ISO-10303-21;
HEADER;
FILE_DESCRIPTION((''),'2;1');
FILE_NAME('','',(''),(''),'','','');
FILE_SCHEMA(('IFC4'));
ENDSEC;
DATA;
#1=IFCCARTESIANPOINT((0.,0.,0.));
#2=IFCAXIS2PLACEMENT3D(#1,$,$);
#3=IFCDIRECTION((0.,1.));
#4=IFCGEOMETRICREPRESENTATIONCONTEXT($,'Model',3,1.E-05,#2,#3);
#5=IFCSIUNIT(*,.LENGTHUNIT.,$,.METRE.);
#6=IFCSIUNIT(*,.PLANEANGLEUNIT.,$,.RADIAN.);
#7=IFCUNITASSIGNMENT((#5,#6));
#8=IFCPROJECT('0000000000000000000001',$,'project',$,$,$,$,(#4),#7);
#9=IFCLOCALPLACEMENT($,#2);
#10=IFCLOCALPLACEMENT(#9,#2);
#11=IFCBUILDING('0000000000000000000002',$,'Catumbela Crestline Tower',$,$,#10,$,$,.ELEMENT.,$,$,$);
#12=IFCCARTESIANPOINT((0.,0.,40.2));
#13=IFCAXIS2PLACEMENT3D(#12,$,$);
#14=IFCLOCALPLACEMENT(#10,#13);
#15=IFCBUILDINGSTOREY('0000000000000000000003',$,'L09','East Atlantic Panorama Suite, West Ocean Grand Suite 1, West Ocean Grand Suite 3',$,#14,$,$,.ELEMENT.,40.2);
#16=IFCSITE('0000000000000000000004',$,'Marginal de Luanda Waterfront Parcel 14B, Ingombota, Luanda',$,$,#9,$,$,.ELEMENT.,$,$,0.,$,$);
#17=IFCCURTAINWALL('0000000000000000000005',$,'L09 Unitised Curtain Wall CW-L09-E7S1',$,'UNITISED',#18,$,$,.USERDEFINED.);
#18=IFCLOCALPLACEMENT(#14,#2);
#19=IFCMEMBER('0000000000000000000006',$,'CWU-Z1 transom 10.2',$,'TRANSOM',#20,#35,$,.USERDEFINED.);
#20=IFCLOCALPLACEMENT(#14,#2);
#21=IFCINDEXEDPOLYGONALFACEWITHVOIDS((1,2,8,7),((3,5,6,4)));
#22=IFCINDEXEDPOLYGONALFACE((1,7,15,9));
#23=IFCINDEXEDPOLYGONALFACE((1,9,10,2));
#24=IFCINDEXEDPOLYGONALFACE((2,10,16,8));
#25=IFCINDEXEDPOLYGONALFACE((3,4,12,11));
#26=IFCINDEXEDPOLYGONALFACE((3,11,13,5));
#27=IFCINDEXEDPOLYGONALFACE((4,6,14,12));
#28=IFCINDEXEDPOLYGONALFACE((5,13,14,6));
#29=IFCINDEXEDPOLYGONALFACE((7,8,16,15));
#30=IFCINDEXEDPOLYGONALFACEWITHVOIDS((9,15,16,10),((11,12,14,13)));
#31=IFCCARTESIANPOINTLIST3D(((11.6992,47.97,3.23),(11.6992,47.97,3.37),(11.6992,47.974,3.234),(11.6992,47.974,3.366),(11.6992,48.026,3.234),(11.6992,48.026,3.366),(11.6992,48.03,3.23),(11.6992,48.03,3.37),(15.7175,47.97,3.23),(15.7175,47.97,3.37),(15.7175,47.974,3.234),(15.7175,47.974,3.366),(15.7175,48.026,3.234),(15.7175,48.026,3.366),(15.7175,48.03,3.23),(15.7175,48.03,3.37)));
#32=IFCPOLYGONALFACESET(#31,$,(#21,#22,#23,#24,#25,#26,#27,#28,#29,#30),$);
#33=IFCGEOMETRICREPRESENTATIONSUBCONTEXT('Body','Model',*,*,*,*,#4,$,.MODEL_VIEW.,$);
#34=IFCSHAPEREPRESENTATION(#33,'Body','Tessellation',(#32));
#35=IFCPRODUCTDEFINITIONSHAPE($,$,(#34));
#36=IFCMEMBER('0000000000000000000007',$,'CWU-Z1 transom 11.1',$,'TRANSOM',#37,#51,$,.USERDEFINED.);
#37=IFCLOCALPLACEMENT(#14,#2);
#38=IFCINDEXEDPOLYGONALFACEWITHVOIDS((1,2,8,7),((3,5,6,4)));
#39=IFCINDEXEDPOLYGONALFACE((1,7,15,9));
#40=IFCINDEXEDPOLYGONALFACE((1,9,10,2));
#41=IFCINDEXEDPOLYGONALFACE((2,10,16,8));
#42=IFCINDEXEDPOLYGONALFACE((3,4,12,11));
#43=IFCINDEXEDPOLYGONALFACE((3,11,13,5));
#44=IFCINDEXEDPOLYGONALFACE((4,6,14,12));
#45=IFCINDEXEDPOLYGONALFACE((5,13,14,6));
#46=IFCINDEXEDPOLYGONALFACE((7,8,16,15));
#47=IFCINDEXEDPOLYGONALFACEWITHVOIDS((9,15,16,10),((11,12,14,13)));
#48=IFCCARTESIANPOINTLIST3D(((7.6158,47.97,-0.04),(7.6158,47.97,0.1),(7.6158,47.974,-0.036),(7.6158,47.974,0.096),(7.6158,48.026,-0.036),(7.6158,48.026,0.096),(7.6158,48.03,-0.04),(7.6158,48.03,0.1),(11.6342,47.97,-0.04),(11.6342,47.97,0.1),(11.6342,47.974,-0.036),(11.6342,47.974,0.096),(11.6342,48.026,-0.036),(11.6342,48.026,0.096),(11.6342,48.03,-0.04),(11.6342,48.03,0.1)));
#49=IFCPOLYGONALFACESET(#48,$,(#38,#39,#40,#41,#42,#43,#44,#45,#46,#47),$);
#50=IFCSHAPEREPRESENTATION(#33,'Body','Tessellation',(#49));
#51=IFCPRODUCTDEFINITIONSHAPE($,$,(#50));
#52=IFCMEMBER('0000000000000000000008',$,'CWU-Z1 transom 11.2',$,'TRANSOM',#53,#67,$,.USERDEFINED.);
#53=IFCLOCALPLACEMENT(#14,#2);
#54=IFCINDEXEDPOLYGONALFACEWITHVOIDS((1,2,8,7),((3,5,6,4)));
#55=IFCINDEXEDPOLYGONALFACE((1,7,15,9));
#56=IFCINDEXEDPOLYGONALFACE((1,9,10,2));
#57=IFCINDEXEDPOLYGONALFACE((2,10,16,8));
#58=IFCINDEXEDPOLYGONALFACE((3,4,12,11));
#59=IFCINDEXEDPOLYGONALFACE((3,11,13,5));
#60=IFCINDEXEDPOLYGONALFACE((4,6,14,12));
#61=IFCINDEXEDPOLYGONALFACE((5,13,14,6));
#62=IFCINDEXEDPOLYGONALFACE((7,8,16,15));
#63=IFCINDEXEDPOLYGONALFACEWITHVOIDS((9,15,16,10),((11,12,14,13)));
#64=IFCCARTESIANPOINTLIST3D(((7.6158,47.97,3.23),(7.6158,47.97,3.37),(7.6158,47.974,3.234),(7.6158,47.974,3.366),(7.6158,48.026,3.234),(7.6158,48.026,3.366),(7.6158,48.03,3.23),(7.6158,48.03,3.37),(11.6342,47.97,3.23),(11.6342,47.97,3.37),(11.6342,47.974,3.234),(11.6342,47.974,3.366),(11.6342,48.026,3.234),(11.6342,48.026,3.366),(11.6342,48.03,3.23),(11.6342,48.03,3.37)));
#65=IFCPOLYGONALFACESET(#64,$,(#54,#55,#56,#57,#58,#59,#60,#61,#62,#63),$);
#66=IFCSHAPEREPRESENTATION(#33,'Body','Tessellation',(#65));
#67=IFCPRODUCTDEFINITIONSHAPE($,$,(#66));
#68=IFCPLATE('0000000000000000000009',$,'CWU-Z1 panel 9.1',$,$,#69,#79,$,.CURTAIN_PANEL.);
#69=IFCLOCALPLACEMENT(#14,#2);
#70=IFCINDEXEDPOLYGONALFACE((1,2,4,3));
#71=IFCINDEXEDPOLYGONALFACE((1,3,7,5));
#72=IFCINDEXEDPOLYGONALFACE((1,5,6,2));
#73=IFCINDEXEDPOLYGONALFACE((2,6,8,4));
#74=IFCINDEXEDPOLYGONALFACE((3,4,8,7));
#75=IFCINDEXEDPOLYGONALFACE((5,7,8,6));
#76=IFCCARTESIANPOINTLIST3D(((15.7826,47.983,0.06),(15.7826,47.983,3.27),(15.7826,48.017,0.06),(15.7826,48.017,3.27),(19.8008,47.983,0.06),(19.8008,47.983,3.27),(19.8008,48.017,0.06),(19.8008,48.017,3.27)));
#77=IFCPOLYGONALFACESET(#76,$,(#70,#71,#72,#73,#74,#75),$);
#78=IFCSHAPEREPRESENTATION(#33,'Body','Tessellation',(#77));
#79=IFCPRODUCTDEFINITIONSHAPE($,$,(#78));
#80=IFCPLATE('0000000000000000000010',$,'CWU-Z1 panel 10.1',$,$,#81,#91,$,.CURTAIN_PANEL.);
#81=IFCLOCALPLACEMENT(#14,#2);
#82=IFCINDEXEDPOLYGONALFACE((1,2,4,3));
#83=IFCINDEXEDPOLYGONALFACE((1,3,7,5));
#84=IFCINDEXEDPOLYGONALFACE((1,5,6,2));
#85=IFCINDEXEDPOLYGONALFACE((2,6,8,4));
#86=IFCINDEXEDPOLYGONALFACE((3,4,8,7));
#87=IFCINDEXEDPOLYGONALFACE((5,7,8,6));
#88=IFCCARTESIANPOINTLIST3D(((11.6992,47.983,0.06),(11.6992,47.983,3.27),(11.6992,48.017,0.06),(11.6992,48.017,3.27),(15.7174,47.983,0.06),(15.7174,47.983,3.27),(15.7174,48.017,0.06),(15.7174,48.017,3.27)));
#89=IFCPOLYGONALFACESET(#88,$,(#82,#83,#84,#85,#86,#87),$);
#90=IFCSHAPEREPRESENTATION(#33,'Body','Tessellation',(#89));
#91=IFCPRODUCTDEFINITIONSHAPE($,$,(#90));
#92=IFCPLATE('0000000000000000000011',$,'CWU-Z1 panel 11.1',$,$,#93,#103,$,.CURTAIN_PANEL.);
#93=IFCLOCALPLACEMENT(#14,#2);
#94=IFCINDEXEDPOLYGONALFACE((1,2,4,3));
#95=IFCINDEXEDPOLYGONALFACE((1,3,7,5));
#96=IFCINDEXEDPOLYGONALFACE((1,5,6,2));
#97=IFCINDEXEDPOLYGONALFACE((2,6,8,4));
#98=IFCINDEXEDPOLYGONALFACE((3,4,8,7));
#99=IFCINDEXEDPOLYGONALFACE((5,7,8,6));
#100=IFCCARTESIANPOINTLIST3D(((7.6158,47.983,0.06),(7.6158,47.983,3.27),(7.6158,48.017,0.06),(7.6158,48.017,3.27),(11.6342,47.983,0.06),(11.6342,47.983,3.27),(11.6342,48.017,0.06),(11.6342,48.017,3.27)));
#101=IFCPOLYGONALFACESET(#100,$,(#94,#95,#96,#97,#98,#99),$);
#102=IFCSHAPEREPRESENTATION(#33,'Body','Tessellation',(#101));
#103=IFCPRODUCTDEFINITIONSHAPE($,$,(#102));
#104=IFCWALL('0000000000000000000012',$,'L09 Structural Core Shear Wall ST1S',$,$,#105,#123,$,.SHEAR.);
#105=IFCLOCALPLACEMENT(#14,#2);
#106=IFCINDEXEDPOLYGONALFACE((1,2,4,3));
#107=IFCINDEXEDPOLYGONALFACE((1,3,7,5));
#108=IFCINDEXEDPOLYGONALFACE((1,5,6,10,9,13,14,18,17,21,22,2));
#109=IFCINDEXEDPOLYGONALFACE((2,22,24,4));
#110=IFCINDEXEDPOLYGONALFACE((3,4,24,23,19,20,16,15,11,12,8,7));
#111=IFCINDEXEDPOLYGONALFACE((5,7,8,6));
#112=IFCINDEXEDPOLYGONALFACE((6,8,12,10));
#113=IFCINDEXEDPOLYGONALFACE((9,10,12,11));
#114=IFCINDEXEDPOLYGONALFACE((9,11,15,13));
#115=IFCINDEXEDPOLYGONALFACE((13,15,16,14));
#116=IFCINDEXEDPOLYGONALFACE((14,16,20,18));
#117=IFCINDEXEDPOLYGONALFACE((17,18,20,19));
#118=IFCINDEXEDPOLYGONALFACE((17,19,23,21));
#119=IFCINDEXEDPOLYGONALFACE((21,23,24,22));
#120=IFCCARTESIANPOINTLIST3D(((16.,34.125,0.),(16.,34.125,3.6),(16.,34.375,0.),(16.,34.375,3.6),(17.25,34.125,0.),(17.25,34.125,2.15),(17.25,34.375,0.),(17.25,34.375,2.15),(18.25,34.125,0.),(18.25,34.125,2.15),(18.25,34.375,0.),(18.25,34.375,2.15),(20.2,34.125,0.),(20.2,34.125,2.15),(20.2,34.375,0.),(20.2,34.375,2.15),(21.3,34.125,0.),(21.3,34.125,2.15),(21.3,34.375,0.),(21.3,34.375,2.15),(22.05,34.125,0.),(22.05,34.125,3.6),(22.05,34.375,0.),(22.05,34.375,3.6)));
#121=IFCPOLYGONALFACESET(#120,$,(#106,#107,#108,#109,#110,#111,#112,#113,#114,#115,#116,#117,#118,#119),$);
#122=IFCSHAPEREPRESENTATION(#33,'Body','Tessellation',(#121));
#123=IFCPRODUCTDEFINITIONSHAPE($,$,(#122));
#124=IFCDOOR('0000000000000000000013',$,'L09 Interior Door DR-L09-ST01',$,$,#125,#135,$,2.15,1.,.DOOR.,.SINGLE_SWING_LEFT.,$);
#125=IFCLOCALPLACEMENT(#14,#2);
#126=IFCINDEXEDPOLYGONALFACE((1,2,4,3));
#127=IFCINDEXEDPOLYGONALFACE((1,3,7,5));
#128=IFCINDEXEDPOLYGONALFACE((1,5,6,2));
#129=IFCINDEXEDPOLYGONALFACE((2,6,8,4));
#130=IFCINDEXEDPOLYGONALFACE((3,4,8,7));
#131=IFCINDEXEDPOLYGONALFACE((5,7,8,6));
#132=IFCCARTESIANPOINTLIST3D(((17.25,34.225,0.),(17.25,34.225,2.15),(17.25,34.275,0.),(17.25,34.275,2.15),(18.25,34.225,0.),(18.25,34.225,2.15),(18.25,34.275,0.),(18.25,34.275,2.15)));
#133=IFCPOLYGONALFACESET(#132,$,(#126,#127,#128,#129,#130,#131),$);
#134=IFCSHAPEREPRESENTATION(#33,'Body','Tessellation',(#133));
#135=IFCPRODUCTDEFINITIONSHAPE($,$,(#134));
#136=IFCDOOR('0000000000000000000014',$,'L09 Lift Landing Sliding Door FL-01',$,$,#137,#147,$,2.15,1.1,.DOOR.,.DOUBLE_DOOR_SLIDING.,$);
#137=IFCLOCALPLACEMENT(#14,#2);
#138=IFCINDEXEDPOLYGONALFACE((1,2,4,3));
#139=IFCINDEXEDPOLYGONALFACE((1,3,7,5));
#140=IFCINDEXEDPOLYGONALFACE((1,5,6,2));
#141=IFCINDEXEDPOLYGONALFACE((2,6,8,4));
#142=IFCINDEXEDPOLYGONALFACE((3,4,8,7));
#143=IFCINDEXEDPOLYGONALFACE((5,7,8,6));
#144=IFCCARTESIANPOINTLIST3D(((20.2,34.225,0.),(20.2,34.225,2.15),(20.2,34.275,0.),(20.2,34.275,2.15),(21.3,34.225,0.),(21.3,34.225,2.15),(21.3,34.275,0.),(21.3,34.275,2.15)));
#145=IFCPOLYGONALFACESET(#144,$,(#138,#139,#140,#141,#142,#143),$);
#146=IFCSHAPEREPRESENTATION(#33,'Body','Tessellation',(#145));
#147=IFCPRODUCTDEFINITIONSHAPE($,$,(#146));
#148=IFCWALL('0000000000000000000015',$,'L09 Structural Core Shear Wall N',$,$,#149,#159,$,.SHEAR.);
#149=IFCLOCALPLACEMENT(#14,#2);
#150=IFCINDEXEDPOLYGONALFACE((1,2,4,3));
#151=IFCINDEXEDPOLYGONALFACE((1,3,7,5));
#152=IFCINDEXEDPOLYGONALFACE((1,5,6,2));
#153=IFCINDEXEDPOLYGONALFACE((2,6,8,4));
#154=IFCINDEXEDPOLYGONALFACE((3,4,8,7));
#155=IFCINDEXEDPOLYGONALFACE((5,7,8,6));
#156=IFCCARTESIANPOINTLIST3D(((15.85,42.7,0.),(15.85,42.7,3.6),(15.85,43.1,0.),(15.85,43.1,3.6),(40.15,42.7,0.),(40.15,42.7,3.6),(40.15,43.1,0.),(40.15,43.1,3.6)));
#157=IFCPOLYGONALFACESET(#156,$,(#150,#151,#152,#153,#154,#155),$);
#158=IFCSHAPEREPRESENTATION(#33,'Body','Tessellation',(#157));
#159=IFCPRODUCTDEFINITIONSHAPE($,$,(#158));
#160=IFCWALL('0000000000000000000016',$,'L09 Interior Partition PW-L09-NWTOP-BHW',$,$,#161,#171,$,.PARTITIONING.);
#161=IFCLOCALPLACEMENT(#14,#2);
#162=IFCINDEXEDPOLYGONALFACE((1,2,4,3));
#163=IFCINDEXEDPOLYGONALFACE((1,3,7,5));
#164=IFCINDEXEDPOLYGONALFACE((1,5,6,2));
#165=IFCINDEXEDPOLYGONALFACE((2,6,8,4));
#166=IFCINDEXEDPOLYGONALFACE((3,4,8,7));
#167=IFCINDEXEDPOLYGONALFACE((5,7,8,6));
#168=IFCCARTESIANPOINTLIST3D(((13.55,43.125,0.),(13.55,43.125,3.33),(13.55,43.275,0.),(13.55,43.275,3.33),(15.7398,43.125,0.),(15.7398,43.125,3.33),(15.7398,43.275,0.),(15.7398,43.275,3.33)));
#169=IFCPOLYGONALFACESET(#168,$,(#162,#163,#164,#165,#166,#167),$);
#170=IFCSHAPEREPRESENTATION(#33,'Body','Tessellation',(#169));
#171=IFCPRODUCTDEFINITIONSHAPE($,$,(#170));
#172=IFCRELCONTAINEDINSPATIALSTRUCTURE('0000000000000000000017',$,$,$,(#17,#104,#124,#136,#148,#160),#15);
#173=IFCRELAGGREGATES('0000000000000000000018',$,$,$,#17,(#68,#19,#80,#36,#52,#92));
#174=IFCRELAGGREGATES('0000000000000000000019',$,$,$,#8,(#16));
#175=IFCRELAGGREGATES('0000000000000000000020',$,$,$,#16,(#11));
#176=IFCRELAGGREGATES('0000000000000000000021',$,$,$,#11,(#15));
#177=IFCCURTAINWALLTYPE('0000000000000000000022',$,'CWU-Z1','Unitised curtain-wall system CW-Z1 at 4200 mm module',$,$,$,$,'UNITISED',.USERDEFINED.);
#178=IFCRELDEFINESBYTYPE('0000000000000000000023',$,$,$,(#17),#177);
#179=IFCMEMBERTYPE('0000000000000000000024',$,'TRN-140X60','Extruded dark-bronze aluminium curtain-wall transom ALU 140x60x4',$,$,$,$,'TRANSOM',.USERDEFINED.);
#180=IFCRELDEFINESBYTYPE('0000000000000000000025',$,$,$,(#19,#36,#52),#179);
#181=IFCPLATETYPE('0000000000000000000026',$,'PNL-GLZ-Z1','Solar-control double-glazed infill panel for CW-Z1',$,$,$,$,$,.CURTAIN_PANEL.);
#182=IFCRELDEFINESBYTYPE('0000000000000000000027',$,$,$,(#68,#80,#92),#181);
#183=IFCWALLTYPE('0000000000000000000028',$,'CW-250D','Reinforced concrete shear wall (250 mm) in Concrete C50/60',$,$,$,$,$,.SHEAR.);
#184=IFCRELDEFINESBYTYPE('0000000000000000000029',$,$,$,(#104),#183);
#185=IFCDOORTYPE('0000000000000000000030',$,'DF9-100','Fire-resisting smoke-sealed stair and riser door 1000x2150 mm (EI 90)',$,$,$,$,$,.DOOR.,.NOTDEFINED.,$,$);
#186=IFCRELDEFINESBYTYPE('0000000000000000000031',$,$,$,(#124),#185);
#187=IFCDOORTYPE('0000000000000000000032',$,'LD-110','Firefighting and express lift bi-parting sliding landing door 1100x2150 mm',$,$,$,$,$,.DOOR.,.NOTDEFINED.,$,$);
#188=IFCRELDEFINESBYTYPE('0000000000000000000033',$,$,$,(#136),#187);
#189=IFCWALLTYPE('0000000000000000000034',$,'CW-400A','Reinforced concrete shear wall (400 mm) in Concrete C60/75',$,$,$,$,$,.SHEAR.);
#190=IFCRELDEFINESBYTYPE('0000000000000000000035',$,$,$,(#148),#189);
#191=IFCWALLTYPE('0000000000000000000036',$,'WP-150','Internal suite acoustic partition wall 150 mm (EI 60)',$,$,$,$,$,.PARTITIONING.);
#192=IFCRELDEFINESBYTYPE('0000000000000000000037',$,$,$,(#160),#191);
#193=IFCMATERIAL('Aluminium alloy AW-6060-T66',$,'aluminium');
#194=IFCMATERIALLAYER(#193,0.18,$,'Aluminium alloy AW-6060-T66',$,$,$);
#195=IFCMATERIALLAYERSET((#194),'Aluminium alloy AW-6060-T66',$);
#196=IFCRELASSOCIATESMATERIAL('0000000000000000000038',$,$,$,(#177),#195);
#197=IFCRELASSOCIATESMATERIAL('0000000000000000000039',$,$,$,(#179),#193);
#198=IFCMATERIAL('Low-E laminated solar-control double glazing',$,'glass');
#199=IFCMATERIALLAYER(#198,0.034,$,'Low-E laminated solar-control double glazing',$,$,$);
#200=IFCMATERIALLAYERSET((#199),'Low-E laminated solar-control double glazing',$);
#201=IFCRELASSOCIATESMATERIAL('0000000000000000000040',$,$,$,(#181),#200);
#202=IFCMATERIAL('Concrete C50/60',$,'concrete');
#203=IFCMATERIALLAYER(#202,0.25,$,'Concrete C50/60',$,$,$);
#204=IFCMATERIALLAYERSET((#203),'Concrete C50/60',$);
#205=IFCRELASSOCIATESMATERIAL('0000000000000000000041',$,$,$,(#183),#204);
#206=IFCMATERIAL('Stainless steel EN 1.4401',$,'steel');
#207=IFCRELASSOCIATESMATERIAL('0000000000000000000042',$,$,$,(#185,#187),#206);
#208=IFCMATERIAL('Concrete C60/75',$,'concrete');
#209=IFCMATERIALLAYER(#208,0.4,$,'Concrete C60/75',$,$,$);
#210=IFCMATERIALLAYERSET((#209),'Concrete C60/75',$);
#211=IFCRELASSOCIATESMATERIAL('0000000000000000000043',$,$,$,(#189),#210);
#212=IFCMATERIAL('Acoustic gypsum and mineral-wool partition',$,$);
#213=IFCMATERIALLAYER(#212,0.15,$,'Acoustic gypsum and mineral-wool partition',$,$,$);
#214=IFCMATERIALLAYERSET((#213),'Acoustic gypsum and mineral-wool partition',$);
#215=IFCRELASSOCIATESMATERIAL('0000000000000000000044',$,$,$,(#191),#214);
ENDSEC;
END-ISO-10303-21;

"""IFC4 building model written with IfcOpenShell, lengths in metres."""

from ifc_helpers import new_model, si_unit, direction, frame, frame_2d, origin, origin_2d, place, context, subcontext, project, spatial, rectangle, hollow_rectangle, extrude, material, layer, layer_set, material_profile, profile_set, type_object, element, fill, aggregate, save


model = new_model("IFC4")

# Units and contexts
model_context = context("Model", 3, precision=1e-05, world=origin(), true_north=direction((0.0, 1.0)))
body_context = subcontext(model_context, "Body", "Model", "MODEL_VIEW")
ifc_project = project(units=[si_unit("LENGTHUNIT", "METRE"), si_unit("PLANEANGLEUNIT", "RADIAN")], contexts=[model_context])

# Site, building, storey
site_placement = place(None, origin())
site = spatial("IfcSite", under=ifc_project, at=site_placement, Name="Marginal de Luanda Waterfront Parcel 14B, Ingombota, Luanda", CompositionType="ELEMENT", RefElevation=0.0)
building_placement = place(site_placement, origin())
building = spatial("IfcBuilding", under=site, at=building_placement, Name="Catumbela Crestline Tower", CompositionType="ELEMENT")
storey_placement = place(building_placement, frame((0.0, 0.0, 40.2)))
storey = spatial("IfcBuildingStorey", under=building, at=storey_placement, Name="L09", Description="East Atlantic Panorama Suite, West Ocean Grand Suite 1, West Ocean Grand Suite 3", CompositionType="ELEMENT", Elevation=40.2)

# Shared definitions
ifc_material_1 = material(Name="Concrete C60/75", Category="concrete")

# Curtain wall
ifc_material_2 = material(Name="Aluminium alloy AW-6060-T66", Category="aluminium")
ifc_layer_1 = layer(ifc_material_2, 0.18, Name="Aluminium alloy AW-6060-T66")
ifc_layer_set_1 = layer_set([ifc_layer_1], Name="Aluminium alloy AW-6060-T66")
curtain_wall_type = type_object("IfcCurtainWallType", Name="CWU-Z1", Description="Unitised curtain-wall system CW-Z1 at 4200 mm module", ElementType="UNITISED", PredefinedType="USERDEFINED", material=ifc_layer_set_1)
curtain_wall_placement = place(storey_placement, origin())
curtain_wall = element("IfcCurtainWall", 1, at=curtain_wall_placement, inside=storey, type_object=curtain_wall_type, Name="L09 Unitised Curtain Wall CW-L09-E7S1", ObjectType="UNITISED", PredefinedType="USERDEFINED")

# Members
ifc_material_profile_1 = material_profile(ifc_material_2, hollow_rectangle(XDim=0.06, YDim=0.14, WallThickness=0.004, at=origin_2d()), Name="ALU 140x60x4")
ifc_profile_set_1 = profile_set([ifc_material_profile_1], Name="Aluminium alloy AW-6060-T66")
member_type_1 = type_object("IfcMemberType", Name="TRN-140X60", Description="Extruded dark-bronze aluminium curtain-wall transom ALU 140x60x4", ElementType="TRANSOM", PredefinedType="USERDEFINED", material=ifc_profile_set_1)
member_1_placement = place(storey_placement, frame((15.7175, 48.0, 3.3), z_axis=(-1.0, 0.0, 0.0), x_axis=(0.0, -1.0, 0.0)))
member_1 = element("IfcMember", 2, at=member_1_placement, type_object=member_type_1, Name="CWU-Z1 transom 10.2", ObjectType="TRANSOM", PredefinedType="USERDEFINED", context=body_context, shape_type="SweptSolid", body=[
    extrude(hollow_rectangle(XDim=0.06, YDim=0.14, WallThickness=0.004, at=origin_2d()), origin(), (0.0, 0.0, 1.0), 4.0183),
])
member_2_placement = place(storey_placement, frame((11.6342, 48.0, 0.03), z_axis=(-1.0, 0.0, 0.0), x_axis=(0.0, -1.0, 0.0)))
member_2 = element("IfcMember", 3, at=member_2_placement, type_object=member_type_1, Name="CWU-Z1 transom 11.1", ObjectType="TRANSOM", PredefinedType="USERDEFINED", context=body_context, shape_type="SweptSolid", body=[
    extrude(hollow_rectangle(XDim=0.06, YDim=0.14, WallThickness=0.004, at=origin_2d()), origin(), (0.0, 0.0, 1.0), 4.0184),
])
member_3_placement = place(storey_placement, frame((11.6342, 48.0, 3.3), z_axis=(-1.0, 0.0, 0.0), x_axis=(0.0, -1.0, 0.0)))
member_3 = element("IfcMember", 4, at=member_3_placement, type_object=member_type_1, Name="CWU-Z1 transom 11.2", ObjectType="TRANSOM", PredefinedType="USERDEFINED", context=body_context, shape_type="SweptSolid", body=[
    extrude(hollow_rectangle(XDim=0.06, YDim=0.14, WallThickness=0.004, at=origin_2d()), origin(), (0.0, 0.0, 1.0), 4.0184),
])

# Plates
ifc_material_3 = material(Name="Low-E laminated solar-control double glazing", Category="glass")
ifc_layer_2 = layer(ifc_material_3, 0.034, Name="Low-E laminated solar-control double glazing")
ifc_layer_set_2 = layer_set([ifc_layer_2], Name="Low-E laminated solar-control double glazing")
plate_type = type_object("IfcPlateType", Name="PNL-GLZ-Z1", Description="Solar-control double-glazed infill panel for CW-Z1", PredefinedType="CURTAIN_PANEL", material=ifc_layer_set_2)
plate_1_placement = place(storey_placement, frame((17.7917, 48.0, 0.06), z_axis=(0.0, 0.0, 1.0), x_axis=(-1.0, 0.0, 0.0)))
plate_1 = element("IfcPlate", 5, at=plate_1_placement, type_object=plate_type, Name="CWU-Z1 panel 9.1", PredefinedType="CURTAIN_PANEL", context=body_context, shape_type="SweptSolid", body=[
    extrude(rectangle(XDim=4.0183, YDim=0.034, at=origin_2d()), origin(), (0.0, 0.0, 1.0), 3.21),
])
plate_2_placement = place(storey_placement, frame((13.7083, 48.0, 0.06), z_axis=(0.0, 0.0, 1.0), x_axis=(-1.0, 0.0, 0.0)))
plate_2 = element("IfcPlate", 6, at=plate_2_placement, type_object=plate_type, Name="CWU-Z1 panel 10.1", PredefinedType="CURTAIN_PANEL", context=body_context, shape_type="SweptSolid", body=[
    extrude(rectangle(XDim=4.0183, YDim=0.034, at=origin_2d()), origin(), (0.0, 0.0, 1.0), 3.21),
])
plate_3_placement = place(storey_placement, frame((9.625, 48.0, 0.06), z_axis=(0.0, 0.0, 1.0), x_axis=(-1.0, 0.0, 0.0)))
plate_3 = element("IfcPlate", 7, at=plate_3_placement, type_object=plate_type, Name="CWU-Z1 panel 11.1", PredefinedType="CURTAIN_PANEL", context=body_context, shape_type="SweptSolid", body=[
    extrude(rectangle(XDim=4.0183, YDim=0.034, at=origin_2d()), origin(), (0.0, 0.0, 1.0), 3.21),
])
aggregate(curtain_wall, [plate_1, member_1, plate_2, member_2, member_3, plate_3])

# Wall, openings, doors
ifc_material_4 = material(Name="Concrete C50/60", Category="concrete")
ifc_layer_3 = layer(ifc_material_4, 0.25, Name="Concrete C50/60")
ifc_layer_set_3 = layer_set([ifc_layer_3], Name="Concrete C50/60")
wall_type_1 = type_object("IfcWallType", Name="CW-250D", Description="Reinforced concrete shear wall (250 mm) in Concrete C50/60", PredefinedType="SHEAR", material=ifc_layer_set_3)
wall_1_placement = place(storey_placement, frame((16.0, 34.25, 0.0), z_axis=(0.0, 0.0, 1.0), x_axis=(1.0, 0.0, 0.0)))
wall_1 = element("IfcWall", 8, at=wall_1_placement, inside=storey, type_object=wall_type_1, Name="L09 Structural Core Shear Wall ST1S", PredefinedType="SHEAR", context=body_context, shape_type="SweptSolid", body=[
    extrude(rectangle(XDim=6.05, YDim=0.25, at=frame_2d((3.025, 0.0))), origin(), (0.0, 0.0, 1.0), 3.6),
])
opening_1_placement = place(wall_1_placement, frame((1.25, 0.0, 0.0)))
opening_1 = element("IfcOpeningElement", 9, at=opening_1_placement, cuts=wall_1, PredefinedType="OPENING", context=body_context, shape_type="SweptSolid", body=[
    extrude(rectangle(XDim=1.0, YDim=2.15, at=frame_2d((0.5, 1.075))), frame((0.0, 0.135, 0.0), z_axis=(0.0, -1.0, 0.0), x_axis=(1.0, 0.0, 0.0)), (0.0, 0.0, 1.0), 0.27),
])
opening_2_placement = place(wall_1_placement, frame((4.2, 0.0, 0.0)))
opening_2 = element("IfcOpeningElement", 10, at=opening_2_placement, cuts=wall_1, PredefinedType="OPENING", context=body_context, shape_type="SweptSolid", body=[
    extrude(rectangle(XDim=1.1, YDim=2.15, at=frame_2d((0.55, 1.075))), frame((0.0, 0.135, 0.0), z_axis=(0.0, -1.0, 0.0), x_axis=(1.0, 0.0, 0.0)), (0.0, 0.0, 1.0), 0.27),
])
ifc_material_5 = material(Name="Stainless steel EN 1.4401", Category="steel")
door_type_1 = type_object("IfcDoorType", Name="DF9-100", Description="Fire-resisting smoke-sealed stair and riser door 1000x2150 mm (EI 90)", OperationType="NOTDEFINED", PredefinedType="DOOR", material=ifc_material_5)
door_1_placement = place(opening_1_placement, origin())
door_1 = element("IfcDoor", 11, at=door_1_placement, inside=storey, type_object=door_type_1, Name="L09 Interior Door DR-L09-ST01", OperationType="SINGLE_SWING_LEFT", OverallHeight=2.15, OverallWidth=1.0, PredefinedType="DOOR", context=body_context, shape_type="SweptSolid", body=[
    extrude(rectangle(XDim=1.0, YDim=2.15, at=frame_2d((0.5, 1.075))), frame((0.0, 0.025, 0.0), z_axis=(0.0, -1.0, 0.0), x_axis=(1.0, 0.0, 0.0)), (0.0, 0.0, 1.0), 0.05),
])
fill(opening_1, door_1)
door_type_2 = type_object("IfcDoorType", Name="LD-110", Description="Firefighting and express lift bi-parting sliding landing door 1100x2150 mm", OperationType="NOTDEFINED", PredefinedType="DOOR", material=ifc_material_5)
door_2_placement = place(opening_2_placement, origin())
door_2 = element("IfcDoor", 12, at=door_2_placement, inside=storey, type_object=door_type_2, Name="L09 Lift Landing Sliding Door FL-01", OperationType="DOUBLE_DOOR_SLIDING", OverallHeight=2.15, OverallWidth=1.1, PredefinedType="DOOR", context=body_context, shape_type="SweptSolid", body=[
    extrude(rectangle(XDim=1.1, YDim=2.15, at=frame_2d((0.55, 1.075))), frame((0.0, 0.025, 0.0), z_axis=(0.0, -1.0, 0.0), x_axis=(1.0, 0.0, 0.0)), (0.0, 0.0, 1.0), 0.05),
])
fill(opening_2, door_2)

# Walls
ifc_layer_4 = layer(ifc_material_1, 0.4, Name="Concrete C60/75")
ifc_layer_set_4 = layer_set([ifc_layer_4], Name="Concrete C60/75")
wall_type_2 = type_object("IfcWallType", Name="CW-400A", Description="Reinforced concrete shear wall (400 mm) in Concrete C60/75", PredefinedType="SHEAR", material=ifc_layer_set_4)
wall_2_placement = place(storey_placement, frame((15.85, 42.9, 0.0), z_axis=(0.0, 0.0, 1.0), x_axis=(1.0, 0.0, 0.0)))
element("IfcWall", 13, at=wall_2_placement, inside=storey, type_object=wall_type_2, Name="L09 Structural Core Shear Wall N", PredefinedType="SHEAR", context=body_context, shape_type="SweptSolid", body=[
    extrude(rectangle(XDim=24.3, YDim=0.4, at=frame_2d((12.15, 0.0))), origin(), (0.0, 0.0, 1.0), 3.6),
])
ifc_material_6 = material(Name="Acoustic gypsum and mineral-wool partition")
ifc_layer_5 = layer(ifc_material_6, 0.15, Name="Acoustic gypsum and mineral-wool partition")
ifc_layer_set_5 = layer_set([ifc_layer_5], Name="Acoustic gypsum and mineral-wool partition")
wall_type_3 = type_object("IfcWallType", Name="WP-150", Description="Internal suite acoustic partition wall 150 mm (EI 60)", PredefinedType="PARTITIONING", material=ifc_layer_set_5)
wall_3_placement = place(storey_placement, frame((13.55, 43.2, 0.0), z_axis=(0.0, 0.0, 1.0), x_axis=(1.0, 0.0, 0.0)))
element("IfcWall", 14, at=wall_3_placement, inside=storey, type_object=wall_type_3, Name="L09 Interior Partition PW-L09-NWTOP-BHW", PredefinedType="PARTITIONING", context=body_context, shape_type="SweptSolid", body=[
    extrude(rectangle(XDim=2.1897, YDim=0.15, at=frame_2d((1.0949, 0.0))), origin(), (0.0, 0.0, 1.0), 3.33),
])

save(model, "model.ifc")
